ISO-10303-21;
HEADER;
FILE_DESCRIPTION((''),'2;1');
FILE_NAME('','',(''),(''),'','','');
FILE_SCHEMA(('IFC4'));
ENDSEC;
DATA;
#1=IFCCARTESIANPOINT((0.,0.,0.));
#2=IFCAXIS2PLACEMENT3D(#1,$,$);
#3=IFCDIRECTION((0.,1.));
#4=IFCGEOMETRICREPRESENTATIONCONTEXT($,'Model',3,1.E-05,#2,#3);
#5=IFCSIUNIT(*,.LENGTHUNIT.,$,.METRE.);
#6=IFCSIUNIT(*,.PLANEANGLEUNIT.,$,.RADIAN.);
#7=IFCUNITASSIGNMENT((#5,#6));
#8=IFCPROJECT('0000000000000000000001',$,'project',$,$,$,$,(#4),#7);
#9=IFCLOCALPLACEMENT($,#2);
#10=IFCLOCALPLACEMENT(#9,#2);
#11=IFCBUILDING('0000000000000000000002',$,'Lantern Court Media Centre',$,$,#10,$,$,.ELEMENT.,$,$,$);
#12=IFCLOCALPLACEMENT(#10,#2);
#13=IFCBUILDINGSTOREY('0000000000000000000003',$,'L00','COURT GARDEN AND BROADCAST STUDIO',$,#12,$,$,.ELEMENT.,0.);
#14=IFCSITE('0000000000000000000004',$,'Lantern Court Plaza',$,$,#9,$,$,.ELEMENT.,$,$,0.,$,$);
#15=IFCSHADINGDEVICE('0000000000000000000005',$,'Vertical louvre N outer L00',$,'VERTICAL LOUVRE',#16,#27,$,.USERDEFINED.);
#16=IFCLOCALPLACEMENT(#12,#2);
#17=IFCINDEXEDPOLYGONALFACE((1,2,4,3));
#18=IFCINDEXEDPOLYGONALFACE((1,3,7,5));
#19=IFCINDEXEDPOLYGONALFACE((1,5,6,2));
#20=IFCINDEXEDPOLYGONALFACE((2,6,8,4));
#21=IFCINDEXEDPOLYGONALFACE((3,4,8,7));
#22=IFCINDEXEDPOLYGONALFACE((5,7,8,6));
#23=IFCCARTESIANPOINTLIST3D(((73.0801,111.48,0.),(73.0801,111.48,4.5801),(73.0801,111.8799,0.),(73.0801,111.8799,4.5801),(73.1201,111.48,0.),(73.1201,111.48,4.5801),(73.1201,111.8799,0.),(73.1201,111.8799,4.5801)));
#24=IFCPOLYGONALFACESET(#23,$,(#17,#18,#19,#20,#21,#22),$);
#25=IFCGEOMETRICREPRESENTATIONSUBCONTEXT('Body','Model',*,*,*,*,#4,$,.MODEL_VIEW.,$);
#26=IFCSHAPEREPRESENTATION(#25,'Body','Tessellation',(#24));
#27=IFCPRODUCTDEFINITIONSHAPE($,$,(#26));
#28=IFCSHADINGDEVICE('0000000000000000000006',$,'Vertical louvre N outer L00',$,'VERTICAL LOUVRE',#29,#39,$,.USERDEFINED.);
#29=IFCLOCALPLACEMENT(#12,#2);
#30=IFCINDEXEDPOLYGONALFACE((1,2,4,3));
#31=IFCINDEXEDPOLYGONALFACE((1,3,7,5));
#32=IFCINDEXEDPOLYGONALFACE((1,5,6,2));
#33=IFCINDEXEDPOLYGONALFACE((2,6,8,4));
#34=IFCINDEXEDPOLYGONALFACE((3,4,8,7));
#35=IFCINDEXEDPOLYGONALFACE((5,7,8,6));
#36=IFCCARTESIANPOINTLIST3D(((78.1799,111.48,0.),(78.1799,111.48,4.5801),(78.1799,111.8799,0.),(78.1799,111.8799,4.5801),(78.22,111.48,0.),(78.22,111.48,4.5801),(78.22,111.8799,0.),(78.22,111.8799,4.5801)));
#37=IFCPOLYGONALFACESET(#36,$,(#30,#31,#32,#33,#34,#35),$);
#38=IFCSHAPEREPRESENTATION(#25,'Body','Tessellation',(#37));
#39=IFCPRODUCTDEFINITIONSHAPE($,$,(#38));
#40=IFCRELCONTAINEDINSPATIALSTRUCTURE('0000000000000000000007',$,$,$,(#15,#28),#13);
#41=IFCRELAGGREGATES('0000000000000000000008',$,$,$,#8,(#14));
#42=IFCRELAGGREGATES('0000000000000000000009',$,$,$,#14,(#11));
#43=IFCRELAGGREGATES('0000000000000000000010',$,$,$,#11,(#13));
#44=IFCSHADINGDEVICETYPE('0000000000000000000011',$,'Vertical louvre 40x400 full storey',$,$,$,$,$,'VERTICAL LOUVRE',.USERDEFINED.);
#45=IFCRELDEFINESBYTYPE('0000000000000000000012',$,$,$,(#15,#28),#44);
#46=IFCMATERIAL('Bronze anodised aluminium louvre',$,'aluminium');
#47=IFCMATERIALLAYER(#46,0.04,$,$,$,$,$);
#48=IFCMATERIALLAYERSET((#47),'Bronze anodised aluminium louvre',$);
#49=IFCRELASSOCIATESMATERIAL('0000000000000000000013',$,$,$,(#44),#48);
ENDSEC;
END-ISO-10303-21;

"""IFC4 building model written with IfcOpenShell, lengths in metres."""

from ifc_helpers import new_model, si_unit, direction, frame, origin, origin_2d, place, context, subcontext, project, spatial, rectangle, extrude, material, layer, layer_set, type_object, element, save


model = new_model("IFC4")

# Units and contexts
model_context = context("Model", 3, precision=1e-05, world=origin(), true_north=direction((0.0, 1.0)))
body_context = subcontext(model_context, "Body", "Model", "MODEL_VIEW")
ifc_project = project(units=[si_unit("LENGTHUNIT", "METRE"), si_unit("PLANEANGLEUNIT", "RADIAN")], contexts=[model_context])

# Site, building, storey
site_placement = place(None, origin())
site = spatial("IfcSite", under=ifc_project, at=site_placement, Name="Lantern Court Plaza", CompositionType="ELEMENT", RefElevation=0.0)
building_placement = place(site_placement, origin())
building = spatial("IfcBuilding", under=site, at=building_placement, Name="Lantern Court Media Centre", CompositionType="ELEMENT")
storey_placement = place(building_placement, origin())
storey = spatial("IfcBuildingStorey", under=building, at=storey_placement, Name="L00", Description="COURT GARDEN AND BROADCAST STUDIO", CompositionType="ELEMENT", Elevation=0.0)

# Shading devices
ifc_material_1 = material(Name="Bronze anodised aluminium louvre", Category="aluminium")
ifc_layer_1 = layer(ifc_material_1, 0.04)
ifc_layer_set_1 = layer_set([ifc_layer_1], Name="Bronze anodised aluminium louvre")
shading_device_type = type_object("IfcShadingDeviceType", Name="Vertical louvre 40x400 full storey", ElementType="VERTICAL LOUVRE", PredefinedType="USERDEFINED", material=ifc_layer_set_1)
for number, where, z_axis, x_axis, name in (
    (1, (73.1001, 111.6799, 0.0), (0.0, 0.0, 1.0), (1.0, 0.0, 0.0), "Vertical louvre N outer L00"),
    (2, (78.2, 111.6799, 0.0), (0.0, 0.0, 1.0), (1.0, 0.0, 0.0), "Vertical louvre N outer L00"),
):
    element("IfcShadingDevice", number, at=place(storey_placement, frame(where, z_axis=z_axis, x_axis=x_axis)), inside=storey, type_object=shading_device_type, Name=name, ObjectType="VERTICAL LOUVRE", PredefinedType="USERDEFINED", context=body_context, shape_type="SweptSolid", body=[
        extrude(rectangle(XDim=0.04, YDim=0.3999, at=origin_2d()), origin(), (0.0, 0.0, 1.0), 4.5801),
    ])

save(model, "model.ifc")
